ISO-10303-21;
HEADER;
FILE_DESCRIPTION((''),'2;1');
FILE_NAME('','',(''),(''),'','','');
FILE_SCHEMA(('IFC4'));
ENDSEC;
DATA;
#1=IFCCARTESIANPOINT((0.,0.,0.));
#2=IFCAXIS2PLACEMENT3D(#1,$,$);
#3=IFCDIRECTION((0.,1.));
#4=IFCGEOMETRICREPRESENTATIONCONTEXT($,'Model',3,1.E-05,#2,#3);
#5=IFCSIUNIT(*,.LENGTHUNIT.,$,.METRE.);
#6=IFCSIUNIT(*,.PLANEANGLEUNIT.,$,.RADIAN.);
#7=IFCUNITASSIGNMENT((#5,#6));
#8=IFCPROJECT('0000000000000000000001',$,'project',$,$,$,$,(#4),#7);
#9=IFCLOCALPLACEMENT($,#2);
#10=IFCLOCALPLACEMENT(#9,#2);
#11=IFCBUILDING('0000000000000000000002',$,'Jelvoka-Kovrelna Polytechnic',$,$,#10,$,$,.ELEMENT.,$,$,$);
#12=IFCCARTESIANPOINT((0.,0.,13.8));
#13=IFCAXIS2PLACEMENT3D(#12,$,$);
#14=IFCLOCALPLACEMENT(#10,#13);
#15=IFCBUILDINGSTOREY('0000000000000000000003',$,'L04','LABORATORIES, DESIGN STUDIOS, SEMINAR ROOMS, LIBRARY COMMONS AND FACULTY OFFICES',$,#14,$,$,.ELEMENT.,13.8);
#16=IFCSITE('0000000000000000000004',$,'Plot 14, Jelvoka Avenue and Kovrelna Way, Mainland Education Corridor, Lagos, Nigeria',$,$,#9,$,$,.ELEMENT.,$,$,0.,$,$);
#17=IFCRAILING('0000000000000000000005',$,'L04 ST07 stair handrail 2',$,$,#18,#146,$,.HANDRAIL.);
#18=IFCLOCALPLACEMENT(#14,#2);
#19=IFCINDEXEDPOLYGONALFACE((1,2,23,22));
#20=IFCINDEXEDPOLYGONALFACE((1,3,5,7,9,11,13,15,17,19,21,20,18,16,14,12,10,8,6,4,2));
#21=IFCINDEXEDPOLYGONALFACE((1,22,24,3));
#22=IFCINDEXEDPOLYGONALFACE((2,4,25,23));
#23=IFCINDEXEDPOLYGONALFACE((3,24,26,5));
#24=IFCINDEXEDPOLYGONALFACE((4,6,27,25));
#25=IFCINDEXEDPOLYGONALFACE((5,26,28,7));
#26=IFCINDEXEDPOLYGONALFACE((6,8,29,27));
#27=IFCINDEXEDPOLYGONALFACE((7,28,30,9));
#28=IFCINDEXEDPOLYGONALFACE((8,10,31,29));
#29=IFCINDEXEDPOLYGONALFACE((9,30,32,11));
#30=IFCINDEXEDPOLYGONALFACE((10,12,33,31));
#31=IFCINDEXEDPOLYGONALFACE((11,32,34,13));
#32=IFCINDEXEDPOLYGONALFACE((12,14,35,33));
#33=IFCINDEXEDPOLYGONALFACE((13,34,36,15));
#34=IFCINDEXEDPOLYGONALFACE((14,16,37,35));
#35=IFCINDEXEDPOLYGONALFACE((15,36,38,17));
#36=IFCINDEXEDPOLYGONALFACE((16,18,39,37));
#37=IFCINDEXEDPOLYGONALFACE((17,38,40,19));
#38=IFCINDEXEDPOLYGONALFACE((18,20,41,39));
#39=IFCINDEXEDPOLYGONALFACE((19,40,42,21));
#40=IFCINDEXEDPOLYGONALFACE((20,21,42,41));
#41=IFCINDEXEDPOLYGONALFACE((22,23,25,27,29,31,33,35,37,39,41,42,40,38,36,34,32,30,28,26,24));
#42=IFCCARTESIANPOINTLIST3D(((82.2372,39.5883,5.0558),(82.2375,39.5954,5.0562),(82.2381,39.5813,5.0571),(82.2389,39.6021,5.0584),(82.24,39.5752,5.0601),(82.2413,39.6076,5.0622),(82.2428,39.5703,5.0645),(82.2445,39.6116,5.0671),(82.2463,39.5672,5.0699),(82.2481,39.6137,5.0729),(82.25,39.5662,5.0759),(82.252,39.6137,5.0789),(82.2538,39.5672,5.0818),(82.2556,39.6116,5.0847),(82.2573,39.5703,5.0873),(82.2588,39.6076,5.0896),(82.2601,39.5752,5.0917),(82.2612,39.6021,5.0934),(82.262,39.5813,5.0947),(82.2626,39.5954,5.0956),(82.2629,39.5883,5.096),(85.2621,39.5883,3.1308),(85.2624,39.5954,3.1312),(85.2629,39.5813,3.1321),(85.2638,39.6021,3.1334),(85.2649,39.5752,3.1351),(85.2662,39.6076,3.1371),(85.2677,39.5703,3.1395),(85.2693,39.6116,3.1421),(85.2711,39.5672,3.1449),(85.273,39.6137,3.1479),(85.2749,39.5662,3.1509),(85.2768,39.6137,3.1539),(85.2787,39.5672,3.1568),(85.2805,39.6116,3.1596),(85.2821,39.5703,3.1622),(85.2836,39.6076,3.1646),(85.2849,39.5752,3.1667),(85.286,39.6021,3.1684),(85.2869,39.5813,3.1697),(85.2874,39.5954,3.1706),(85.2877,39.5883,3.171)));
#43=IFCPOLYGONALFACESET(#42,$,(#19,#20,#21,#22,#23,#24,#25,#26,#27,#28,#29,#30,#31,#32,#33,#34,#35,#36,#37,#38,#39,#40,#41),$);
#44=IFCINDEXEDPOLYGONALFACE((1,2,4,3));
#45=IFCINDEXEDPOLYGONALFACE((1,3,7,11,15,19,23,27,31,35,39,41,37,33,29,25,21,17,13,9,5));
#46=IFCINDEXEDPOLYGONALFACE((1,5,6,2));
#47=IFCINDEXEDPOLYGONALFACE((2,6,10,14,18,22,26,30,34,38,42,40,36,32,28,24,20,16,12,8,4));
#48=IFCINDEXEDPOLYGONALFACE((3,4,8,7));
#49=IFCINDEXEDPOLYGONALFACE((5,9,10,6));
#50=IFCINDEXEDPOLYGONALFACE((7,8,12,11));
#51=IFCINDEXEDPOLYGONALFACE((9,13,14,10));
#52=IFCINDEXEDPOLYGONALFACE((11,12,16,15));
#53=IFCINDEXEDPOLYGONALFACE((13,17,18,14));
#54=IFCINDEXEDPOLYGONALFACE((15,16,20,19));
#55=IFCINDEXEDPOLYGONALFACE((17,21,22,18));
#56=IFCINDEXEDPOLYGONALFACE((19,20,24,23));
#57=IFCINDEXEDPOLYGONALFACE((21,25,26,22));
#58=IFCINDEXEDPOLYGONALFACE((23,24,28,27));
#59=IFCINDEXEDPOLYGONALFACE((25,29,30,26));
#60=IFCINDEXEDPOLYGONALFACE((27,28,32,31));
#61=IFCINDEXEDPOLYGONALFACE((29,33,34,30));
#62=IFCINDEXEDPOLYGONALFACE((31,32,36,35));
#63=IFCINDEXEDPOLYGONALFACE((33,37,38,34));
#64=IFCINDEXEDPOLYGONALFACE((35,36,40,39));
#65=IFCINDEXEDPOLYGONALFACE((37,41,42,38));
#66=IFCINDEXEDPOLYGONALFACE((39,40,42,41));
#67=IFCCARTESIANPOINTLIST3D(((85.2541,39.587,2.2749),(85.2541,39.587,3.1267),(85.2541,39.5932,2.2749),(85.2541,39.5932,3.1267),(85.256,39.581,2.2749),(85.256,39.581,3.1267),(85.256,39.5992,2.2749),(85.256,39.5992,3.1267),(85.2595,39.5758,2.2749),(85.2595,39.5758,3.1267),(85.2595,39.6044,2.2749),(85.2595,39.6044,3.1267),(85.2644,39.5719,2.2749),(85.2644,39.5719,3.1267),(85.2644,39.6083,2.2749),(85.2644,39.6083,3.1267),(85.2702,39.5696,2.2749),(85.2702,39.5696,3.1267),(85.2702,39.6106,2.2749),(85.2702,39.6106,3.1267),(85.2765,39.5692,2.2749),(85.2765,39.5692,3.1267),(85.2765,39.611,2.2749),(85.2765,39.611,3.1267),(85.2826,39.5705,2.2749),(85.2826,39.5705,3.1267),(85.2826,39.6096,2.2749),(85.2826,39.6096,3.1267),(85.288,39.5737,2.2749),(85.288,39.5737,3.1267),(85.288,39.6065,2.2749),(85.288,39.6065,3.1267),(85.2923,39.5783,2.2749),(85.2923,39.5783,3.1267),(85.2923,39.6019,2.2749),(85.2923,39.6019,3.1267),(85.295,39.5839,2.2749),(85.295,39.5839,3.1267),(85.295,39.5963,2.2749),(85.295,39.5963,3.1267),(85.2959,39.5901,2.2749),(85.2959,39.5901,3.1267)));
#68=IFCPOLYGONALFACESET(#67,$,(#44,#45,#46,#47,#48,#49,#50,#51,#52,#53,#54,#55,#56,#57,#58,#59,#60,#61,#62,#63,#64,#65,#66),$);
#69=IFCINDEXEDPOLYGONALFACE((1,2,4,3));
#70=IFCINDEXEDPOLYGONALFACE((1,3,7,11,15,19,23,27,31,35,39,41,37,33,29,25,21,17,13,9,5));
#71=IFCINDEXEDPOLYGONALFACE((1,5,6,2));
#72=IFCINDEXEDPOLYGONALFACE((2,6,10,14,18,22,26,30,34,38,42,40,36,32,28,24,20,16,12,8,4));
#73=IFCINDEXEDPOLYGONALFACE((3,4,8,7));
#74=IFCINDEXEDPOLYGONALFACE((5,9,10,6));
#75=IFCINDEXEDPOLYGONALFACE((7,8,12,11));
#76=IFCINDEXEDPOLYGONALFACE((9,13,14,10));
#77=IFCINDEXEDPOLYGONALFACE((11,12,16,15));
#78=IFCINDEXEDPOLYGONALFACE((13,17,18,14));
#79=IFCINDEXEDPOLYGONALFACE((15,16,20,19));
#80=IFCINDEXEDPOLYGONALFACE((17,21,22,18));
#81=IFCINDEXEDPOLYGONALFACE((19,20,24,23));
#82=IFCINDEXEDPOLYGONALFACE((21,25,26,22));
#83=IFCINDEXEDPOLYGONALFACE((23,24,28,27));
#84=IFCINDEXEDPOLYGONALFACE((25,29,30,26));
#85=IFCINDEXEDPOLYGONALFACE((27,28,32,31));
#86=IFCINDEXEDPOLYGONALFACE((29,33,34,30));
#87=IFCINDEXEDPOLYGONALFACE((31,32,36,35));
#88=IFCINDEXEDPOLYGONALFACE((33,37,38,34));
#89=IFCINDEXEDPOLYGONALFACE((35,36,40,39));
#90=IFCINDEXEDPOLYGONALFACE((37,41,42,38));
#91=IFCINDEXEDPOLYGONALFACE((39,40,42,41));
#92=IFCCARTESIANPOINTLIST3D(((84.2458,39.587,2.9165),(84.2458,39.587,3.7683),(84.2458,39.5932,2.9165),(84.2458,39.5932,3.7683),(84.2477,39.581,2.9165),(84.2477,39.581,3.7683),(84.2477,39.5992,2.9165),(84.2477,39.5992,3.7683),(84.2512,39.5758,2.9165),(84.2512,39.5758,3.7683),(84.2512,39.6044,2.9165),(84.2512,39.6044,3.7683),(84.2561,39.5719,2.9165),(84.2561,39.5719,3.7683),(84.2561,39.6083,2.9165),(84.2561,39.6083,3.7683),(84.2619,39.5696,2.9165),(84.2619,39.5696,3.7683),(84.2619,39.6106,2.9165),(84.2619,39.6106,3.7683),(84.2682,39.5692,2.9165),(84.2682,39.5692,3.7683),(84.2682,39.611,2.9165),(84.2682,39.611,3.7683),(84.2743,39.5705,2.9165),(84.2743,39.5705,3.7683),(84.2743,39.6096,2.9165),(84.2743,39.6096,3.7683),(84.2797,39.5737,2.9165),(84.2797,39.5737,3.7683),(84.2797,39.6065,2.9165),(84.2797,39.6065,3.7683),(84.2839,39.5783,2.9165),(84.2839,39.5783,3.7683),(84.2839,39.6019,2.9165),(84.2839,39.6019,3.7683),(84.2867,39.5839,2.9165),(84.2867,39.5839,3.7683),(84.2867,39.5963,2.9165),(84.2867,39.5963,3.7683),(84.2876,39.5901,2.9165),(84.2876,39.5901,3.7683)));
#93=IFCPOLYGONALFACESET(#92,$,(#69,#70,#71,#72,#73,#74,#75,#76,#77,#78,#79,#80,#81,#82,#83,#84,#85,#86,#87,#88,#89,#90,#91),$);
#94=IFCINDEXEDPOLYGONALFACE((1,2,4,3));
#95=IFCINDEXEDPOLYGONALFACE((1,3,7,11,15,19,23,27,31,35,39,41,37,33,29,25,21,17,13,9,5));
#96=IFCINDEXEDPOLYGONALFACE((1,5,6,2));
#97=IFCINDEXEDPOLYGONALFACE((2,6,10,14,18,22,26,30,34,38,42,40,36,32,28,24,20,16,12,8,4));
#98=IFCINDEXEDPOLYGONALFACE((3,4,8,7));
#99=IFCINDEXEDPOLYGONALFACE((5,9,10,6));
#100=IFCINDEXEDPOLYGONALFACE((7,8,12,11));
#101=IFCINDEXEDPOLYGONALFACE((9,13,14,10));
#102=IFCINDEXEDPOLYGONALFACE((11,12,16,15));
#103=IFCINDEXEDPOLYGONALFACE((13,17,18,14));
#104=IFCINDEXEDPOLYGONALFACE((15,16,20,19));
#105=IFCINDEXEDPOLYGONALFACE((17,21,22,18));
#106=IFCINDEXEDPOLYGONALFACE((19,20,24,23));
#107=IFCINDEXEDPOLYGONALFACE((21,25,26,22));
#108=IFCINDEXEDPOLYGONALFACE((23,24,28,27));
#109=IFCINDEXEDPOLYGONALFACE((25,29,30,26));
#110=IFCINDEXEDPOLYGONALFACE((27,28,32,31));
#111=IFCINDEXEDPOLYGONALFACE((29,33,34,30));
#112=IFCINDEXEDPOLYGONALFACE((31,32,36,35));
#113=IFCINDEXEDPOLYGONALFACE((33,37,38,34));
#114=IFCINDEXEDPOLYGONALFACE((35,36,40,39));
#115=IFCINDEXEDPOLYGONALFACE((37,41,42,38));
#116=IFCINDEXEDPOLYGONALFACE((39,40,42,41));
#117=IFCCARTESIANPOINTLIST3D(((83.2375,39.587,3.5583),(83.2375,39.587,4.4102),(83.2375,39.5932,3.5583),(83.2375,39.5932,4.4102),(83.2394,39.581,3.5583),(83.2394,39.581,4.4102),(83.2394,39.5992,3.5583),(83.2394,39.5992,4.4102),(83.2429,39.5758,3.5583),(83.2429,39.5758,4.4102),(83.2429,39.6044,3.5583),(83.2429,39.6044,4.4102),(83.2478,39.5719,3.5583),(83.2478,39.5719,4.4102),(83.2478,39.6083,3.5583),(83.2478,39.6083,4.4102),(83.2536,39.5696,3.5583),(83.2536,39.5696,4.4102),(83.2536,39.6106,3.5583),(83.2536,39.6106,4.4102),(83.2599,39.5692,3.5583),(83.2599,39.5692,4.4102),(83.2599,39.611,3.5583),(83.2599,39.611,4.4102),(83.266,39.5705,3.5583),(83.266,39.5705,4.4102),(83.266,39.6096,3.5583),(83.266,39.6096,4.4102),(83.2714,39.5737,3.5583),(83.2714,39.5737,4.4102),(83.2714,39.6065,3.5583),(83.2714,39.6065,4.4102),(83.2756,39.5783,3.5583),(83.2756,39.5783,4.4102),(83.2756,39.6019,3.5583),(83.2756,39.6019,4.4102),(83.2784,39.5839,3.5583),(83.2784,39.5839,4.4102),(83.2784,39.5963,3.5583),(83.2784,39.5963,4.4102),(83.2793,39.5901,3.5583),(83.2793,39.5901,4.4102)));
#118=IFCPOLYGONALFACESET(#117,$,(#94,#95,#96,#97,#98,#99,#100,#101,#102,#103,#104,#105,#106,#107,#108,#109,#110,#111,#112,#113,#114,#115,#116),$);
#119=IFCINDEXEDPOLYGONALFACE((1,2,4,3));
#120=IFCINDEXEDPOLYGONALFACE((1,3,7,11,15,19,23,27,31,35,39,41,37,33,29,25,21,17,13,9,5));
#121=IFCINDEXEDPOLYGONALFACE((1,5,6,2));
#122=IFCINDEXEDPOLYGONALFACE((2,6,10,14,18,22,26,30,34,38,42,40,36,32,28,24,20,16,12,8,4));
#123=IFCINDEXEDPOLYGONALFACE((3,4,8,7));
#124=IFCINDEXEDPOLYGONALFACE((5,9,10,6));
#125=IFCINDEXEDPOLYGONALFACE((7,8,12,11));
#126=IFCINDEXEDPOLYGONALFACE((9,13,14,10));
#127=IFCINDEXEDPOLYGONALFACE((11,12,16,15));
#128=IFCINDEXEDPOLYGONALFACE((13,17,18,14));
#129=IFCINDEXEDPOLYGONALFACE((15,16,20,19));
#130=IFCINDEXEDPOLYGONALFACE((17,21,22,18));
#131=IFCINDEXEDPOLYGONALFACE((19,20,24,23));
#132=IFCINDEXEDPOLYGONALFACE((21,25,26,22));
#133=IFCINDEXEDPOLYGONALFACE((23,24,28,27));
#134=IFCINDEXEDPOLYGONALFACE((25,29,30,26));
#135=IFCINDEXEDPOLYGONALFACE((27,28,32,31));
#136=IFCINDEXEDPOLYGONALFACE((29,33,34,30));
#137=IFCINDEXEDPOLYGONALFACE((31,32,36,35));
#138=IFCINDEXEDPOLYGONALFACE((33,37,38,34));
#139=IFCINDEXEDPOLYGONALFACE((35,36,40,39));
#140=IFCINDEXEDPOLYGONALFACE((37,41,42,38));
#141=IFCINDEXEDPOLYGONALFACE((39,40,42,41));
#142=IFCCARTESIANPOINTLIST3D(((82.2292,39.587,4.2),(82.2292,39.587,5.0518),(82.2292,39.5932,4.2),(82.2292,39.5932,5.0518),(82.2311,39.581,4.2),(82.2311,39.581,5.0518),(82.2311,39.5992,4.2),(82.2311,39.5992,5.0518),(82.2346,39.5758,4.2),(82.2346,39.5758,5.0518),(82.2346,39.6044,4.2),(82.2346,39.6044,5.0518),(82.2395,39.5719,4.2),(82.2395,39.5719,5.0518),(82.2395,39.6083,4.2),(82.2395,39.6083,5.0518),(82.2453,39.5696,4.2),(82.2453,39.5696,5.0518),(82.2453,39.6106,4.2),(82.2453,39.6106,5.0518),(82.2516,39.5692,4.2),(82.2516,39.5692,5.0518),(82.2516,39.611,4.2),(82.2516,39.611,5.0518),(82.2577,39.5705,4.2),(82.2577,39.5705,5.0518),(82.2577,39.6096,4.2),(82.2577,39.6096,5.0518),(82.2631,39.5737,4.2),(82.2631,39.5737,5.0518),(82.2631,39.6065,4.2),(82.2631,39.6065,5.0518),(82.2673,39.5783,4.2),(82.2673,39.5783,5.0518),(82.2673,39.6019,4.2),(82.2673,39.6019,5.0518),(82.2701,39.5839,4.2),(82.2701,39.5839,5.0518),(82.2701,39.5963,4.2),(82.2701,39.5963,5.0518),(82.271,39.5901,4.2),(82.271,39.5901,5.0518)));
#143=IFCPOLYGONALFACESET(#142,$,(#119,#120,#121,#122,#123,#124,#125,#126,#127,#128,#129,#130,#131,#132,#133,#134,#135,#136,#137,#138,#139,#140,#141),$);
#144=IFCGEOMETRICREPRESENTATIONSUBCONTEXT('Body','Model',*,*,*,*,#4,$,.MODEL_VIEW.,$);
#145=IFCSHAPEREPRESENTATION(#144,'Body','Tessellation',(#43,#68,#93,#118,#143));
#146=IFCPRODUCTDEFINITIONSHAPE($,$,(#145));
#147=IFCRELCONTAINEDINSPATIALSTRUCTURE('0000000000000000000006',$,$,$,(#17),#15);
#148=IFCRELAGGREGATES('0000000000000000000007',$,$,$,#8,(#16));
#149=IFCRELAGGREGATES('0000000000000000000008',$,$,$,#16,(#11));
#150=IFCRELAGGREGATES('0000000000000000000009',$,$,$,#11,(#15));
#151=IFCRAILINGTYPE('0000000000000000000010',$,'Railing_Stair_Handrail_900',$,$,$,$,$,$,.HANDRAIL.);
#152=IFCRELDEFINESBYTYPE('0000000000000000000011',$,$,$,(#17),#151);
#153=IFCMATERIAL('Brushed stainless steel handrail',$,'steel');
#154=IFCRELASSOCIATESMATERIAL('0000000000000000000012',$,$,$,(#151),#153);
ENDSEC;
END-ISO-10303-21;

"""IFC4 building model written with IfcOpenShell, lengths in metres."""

from ifc_helpers import new_model, si_unit, direction, frame, origin, origin_2d, place, context, subcontext, project, spatial, circle, extrude, material, type_object, element, save


model = new_model("IFC4")

# Units and contexts
model_context = context("Model", 3, precision=1e-05, world=origin(), true_north=direction((0.0, 1.0)))
body_context = subcontext(model_context, "Body", "Model", "MODEL_VIEW")
ifc_project = project(units=[si_unit("LENGTHUNIT", "METRE"), si_unit("PLANEANGLEUNIT", "RADIAN")], contexts=[model_context])

# Site, building, storey
site_placement = place(None, origin())
site = spatial("IfcSite", under=ifc_project, at=site_placement, Name="Plot 14, Jelvoka Avenue and Kovrelna Way, Mainland Education Corridor, Lagos, Nigeria", CompositionType="ELEMENT", RefElevation=0.0)
building_placement = place(site_placement, origin())
building = spatial("IfcBuilding", under=site, at=building_placement, Name="Jelvoka-Kovrelna Polytechnic", CompositionType="ELEMENT")
storey_placement = place(building_placement, frame((0.0, 0.0, 13.8)))
storey = spatial("IfcBuildingStorey", under=building, at=storey_placement, Name="L04", Description="LABORATORIES, DESIGN STUDIOS, SEMINAR ROOMS, LIBRARY COMMONS AND FACULTY OFFICES", CompositionType="ELEMENT", Elevation=13.8)

# Railing
ifc_material_1 = material(Name="Brushed stainless steel handrail", Category="steel")
railing_type_1 = type_object("IfcRailingType", Name="Railing_Stair_Handrail_900", PredefinedType="HANDRAIL", material=ifc_material_1)
railing_1_placement = place(storey_placement, frame((85.2749, 39.5901, 2.2749)))
element("IfcRailing", 1, at=railing_1_placement, inside=storey, type_object=railing_type_1, Name="L04 ST07 stair handrail 2", PredefinedType="HANDRAIL", context=body_context, shape_type="SweptSolid", body=[
    extrude(circle(Radius=0.0239, at=origin_2d()), frame((0.0, 0.0, 0.876), z_axis=(-0.843647, 0.0, 0.536898), x_axis=(0.0, -1.0, 0.0)), (0.0, 0.0, 1.0), 3.5854),
    extrude(circle(Radius=0.021, at=origin_2d()), origin(), (0.0, 0.0, 1.0), 0.8518),
    extrude(circle(Radius=0.021, at=origin_2d()), frame((-1.0083, 0.0, 0.6416)), (0.0, 0.0, 1.0), 0.8518),
    extrude(circle(Radius=0.021, at=origin_2d()), frame((-2.0166, 0.0, 1.2834)), (0.0, 0.0, 1.0), 0.8518),
    extrude(circle(Radius=0.021, at=origin_2d()), frame((-3.0249, 0.0, 1.925)), (0.0, 0.0, 1.0), 0.8518),
])

save(model, "model.ifc")
